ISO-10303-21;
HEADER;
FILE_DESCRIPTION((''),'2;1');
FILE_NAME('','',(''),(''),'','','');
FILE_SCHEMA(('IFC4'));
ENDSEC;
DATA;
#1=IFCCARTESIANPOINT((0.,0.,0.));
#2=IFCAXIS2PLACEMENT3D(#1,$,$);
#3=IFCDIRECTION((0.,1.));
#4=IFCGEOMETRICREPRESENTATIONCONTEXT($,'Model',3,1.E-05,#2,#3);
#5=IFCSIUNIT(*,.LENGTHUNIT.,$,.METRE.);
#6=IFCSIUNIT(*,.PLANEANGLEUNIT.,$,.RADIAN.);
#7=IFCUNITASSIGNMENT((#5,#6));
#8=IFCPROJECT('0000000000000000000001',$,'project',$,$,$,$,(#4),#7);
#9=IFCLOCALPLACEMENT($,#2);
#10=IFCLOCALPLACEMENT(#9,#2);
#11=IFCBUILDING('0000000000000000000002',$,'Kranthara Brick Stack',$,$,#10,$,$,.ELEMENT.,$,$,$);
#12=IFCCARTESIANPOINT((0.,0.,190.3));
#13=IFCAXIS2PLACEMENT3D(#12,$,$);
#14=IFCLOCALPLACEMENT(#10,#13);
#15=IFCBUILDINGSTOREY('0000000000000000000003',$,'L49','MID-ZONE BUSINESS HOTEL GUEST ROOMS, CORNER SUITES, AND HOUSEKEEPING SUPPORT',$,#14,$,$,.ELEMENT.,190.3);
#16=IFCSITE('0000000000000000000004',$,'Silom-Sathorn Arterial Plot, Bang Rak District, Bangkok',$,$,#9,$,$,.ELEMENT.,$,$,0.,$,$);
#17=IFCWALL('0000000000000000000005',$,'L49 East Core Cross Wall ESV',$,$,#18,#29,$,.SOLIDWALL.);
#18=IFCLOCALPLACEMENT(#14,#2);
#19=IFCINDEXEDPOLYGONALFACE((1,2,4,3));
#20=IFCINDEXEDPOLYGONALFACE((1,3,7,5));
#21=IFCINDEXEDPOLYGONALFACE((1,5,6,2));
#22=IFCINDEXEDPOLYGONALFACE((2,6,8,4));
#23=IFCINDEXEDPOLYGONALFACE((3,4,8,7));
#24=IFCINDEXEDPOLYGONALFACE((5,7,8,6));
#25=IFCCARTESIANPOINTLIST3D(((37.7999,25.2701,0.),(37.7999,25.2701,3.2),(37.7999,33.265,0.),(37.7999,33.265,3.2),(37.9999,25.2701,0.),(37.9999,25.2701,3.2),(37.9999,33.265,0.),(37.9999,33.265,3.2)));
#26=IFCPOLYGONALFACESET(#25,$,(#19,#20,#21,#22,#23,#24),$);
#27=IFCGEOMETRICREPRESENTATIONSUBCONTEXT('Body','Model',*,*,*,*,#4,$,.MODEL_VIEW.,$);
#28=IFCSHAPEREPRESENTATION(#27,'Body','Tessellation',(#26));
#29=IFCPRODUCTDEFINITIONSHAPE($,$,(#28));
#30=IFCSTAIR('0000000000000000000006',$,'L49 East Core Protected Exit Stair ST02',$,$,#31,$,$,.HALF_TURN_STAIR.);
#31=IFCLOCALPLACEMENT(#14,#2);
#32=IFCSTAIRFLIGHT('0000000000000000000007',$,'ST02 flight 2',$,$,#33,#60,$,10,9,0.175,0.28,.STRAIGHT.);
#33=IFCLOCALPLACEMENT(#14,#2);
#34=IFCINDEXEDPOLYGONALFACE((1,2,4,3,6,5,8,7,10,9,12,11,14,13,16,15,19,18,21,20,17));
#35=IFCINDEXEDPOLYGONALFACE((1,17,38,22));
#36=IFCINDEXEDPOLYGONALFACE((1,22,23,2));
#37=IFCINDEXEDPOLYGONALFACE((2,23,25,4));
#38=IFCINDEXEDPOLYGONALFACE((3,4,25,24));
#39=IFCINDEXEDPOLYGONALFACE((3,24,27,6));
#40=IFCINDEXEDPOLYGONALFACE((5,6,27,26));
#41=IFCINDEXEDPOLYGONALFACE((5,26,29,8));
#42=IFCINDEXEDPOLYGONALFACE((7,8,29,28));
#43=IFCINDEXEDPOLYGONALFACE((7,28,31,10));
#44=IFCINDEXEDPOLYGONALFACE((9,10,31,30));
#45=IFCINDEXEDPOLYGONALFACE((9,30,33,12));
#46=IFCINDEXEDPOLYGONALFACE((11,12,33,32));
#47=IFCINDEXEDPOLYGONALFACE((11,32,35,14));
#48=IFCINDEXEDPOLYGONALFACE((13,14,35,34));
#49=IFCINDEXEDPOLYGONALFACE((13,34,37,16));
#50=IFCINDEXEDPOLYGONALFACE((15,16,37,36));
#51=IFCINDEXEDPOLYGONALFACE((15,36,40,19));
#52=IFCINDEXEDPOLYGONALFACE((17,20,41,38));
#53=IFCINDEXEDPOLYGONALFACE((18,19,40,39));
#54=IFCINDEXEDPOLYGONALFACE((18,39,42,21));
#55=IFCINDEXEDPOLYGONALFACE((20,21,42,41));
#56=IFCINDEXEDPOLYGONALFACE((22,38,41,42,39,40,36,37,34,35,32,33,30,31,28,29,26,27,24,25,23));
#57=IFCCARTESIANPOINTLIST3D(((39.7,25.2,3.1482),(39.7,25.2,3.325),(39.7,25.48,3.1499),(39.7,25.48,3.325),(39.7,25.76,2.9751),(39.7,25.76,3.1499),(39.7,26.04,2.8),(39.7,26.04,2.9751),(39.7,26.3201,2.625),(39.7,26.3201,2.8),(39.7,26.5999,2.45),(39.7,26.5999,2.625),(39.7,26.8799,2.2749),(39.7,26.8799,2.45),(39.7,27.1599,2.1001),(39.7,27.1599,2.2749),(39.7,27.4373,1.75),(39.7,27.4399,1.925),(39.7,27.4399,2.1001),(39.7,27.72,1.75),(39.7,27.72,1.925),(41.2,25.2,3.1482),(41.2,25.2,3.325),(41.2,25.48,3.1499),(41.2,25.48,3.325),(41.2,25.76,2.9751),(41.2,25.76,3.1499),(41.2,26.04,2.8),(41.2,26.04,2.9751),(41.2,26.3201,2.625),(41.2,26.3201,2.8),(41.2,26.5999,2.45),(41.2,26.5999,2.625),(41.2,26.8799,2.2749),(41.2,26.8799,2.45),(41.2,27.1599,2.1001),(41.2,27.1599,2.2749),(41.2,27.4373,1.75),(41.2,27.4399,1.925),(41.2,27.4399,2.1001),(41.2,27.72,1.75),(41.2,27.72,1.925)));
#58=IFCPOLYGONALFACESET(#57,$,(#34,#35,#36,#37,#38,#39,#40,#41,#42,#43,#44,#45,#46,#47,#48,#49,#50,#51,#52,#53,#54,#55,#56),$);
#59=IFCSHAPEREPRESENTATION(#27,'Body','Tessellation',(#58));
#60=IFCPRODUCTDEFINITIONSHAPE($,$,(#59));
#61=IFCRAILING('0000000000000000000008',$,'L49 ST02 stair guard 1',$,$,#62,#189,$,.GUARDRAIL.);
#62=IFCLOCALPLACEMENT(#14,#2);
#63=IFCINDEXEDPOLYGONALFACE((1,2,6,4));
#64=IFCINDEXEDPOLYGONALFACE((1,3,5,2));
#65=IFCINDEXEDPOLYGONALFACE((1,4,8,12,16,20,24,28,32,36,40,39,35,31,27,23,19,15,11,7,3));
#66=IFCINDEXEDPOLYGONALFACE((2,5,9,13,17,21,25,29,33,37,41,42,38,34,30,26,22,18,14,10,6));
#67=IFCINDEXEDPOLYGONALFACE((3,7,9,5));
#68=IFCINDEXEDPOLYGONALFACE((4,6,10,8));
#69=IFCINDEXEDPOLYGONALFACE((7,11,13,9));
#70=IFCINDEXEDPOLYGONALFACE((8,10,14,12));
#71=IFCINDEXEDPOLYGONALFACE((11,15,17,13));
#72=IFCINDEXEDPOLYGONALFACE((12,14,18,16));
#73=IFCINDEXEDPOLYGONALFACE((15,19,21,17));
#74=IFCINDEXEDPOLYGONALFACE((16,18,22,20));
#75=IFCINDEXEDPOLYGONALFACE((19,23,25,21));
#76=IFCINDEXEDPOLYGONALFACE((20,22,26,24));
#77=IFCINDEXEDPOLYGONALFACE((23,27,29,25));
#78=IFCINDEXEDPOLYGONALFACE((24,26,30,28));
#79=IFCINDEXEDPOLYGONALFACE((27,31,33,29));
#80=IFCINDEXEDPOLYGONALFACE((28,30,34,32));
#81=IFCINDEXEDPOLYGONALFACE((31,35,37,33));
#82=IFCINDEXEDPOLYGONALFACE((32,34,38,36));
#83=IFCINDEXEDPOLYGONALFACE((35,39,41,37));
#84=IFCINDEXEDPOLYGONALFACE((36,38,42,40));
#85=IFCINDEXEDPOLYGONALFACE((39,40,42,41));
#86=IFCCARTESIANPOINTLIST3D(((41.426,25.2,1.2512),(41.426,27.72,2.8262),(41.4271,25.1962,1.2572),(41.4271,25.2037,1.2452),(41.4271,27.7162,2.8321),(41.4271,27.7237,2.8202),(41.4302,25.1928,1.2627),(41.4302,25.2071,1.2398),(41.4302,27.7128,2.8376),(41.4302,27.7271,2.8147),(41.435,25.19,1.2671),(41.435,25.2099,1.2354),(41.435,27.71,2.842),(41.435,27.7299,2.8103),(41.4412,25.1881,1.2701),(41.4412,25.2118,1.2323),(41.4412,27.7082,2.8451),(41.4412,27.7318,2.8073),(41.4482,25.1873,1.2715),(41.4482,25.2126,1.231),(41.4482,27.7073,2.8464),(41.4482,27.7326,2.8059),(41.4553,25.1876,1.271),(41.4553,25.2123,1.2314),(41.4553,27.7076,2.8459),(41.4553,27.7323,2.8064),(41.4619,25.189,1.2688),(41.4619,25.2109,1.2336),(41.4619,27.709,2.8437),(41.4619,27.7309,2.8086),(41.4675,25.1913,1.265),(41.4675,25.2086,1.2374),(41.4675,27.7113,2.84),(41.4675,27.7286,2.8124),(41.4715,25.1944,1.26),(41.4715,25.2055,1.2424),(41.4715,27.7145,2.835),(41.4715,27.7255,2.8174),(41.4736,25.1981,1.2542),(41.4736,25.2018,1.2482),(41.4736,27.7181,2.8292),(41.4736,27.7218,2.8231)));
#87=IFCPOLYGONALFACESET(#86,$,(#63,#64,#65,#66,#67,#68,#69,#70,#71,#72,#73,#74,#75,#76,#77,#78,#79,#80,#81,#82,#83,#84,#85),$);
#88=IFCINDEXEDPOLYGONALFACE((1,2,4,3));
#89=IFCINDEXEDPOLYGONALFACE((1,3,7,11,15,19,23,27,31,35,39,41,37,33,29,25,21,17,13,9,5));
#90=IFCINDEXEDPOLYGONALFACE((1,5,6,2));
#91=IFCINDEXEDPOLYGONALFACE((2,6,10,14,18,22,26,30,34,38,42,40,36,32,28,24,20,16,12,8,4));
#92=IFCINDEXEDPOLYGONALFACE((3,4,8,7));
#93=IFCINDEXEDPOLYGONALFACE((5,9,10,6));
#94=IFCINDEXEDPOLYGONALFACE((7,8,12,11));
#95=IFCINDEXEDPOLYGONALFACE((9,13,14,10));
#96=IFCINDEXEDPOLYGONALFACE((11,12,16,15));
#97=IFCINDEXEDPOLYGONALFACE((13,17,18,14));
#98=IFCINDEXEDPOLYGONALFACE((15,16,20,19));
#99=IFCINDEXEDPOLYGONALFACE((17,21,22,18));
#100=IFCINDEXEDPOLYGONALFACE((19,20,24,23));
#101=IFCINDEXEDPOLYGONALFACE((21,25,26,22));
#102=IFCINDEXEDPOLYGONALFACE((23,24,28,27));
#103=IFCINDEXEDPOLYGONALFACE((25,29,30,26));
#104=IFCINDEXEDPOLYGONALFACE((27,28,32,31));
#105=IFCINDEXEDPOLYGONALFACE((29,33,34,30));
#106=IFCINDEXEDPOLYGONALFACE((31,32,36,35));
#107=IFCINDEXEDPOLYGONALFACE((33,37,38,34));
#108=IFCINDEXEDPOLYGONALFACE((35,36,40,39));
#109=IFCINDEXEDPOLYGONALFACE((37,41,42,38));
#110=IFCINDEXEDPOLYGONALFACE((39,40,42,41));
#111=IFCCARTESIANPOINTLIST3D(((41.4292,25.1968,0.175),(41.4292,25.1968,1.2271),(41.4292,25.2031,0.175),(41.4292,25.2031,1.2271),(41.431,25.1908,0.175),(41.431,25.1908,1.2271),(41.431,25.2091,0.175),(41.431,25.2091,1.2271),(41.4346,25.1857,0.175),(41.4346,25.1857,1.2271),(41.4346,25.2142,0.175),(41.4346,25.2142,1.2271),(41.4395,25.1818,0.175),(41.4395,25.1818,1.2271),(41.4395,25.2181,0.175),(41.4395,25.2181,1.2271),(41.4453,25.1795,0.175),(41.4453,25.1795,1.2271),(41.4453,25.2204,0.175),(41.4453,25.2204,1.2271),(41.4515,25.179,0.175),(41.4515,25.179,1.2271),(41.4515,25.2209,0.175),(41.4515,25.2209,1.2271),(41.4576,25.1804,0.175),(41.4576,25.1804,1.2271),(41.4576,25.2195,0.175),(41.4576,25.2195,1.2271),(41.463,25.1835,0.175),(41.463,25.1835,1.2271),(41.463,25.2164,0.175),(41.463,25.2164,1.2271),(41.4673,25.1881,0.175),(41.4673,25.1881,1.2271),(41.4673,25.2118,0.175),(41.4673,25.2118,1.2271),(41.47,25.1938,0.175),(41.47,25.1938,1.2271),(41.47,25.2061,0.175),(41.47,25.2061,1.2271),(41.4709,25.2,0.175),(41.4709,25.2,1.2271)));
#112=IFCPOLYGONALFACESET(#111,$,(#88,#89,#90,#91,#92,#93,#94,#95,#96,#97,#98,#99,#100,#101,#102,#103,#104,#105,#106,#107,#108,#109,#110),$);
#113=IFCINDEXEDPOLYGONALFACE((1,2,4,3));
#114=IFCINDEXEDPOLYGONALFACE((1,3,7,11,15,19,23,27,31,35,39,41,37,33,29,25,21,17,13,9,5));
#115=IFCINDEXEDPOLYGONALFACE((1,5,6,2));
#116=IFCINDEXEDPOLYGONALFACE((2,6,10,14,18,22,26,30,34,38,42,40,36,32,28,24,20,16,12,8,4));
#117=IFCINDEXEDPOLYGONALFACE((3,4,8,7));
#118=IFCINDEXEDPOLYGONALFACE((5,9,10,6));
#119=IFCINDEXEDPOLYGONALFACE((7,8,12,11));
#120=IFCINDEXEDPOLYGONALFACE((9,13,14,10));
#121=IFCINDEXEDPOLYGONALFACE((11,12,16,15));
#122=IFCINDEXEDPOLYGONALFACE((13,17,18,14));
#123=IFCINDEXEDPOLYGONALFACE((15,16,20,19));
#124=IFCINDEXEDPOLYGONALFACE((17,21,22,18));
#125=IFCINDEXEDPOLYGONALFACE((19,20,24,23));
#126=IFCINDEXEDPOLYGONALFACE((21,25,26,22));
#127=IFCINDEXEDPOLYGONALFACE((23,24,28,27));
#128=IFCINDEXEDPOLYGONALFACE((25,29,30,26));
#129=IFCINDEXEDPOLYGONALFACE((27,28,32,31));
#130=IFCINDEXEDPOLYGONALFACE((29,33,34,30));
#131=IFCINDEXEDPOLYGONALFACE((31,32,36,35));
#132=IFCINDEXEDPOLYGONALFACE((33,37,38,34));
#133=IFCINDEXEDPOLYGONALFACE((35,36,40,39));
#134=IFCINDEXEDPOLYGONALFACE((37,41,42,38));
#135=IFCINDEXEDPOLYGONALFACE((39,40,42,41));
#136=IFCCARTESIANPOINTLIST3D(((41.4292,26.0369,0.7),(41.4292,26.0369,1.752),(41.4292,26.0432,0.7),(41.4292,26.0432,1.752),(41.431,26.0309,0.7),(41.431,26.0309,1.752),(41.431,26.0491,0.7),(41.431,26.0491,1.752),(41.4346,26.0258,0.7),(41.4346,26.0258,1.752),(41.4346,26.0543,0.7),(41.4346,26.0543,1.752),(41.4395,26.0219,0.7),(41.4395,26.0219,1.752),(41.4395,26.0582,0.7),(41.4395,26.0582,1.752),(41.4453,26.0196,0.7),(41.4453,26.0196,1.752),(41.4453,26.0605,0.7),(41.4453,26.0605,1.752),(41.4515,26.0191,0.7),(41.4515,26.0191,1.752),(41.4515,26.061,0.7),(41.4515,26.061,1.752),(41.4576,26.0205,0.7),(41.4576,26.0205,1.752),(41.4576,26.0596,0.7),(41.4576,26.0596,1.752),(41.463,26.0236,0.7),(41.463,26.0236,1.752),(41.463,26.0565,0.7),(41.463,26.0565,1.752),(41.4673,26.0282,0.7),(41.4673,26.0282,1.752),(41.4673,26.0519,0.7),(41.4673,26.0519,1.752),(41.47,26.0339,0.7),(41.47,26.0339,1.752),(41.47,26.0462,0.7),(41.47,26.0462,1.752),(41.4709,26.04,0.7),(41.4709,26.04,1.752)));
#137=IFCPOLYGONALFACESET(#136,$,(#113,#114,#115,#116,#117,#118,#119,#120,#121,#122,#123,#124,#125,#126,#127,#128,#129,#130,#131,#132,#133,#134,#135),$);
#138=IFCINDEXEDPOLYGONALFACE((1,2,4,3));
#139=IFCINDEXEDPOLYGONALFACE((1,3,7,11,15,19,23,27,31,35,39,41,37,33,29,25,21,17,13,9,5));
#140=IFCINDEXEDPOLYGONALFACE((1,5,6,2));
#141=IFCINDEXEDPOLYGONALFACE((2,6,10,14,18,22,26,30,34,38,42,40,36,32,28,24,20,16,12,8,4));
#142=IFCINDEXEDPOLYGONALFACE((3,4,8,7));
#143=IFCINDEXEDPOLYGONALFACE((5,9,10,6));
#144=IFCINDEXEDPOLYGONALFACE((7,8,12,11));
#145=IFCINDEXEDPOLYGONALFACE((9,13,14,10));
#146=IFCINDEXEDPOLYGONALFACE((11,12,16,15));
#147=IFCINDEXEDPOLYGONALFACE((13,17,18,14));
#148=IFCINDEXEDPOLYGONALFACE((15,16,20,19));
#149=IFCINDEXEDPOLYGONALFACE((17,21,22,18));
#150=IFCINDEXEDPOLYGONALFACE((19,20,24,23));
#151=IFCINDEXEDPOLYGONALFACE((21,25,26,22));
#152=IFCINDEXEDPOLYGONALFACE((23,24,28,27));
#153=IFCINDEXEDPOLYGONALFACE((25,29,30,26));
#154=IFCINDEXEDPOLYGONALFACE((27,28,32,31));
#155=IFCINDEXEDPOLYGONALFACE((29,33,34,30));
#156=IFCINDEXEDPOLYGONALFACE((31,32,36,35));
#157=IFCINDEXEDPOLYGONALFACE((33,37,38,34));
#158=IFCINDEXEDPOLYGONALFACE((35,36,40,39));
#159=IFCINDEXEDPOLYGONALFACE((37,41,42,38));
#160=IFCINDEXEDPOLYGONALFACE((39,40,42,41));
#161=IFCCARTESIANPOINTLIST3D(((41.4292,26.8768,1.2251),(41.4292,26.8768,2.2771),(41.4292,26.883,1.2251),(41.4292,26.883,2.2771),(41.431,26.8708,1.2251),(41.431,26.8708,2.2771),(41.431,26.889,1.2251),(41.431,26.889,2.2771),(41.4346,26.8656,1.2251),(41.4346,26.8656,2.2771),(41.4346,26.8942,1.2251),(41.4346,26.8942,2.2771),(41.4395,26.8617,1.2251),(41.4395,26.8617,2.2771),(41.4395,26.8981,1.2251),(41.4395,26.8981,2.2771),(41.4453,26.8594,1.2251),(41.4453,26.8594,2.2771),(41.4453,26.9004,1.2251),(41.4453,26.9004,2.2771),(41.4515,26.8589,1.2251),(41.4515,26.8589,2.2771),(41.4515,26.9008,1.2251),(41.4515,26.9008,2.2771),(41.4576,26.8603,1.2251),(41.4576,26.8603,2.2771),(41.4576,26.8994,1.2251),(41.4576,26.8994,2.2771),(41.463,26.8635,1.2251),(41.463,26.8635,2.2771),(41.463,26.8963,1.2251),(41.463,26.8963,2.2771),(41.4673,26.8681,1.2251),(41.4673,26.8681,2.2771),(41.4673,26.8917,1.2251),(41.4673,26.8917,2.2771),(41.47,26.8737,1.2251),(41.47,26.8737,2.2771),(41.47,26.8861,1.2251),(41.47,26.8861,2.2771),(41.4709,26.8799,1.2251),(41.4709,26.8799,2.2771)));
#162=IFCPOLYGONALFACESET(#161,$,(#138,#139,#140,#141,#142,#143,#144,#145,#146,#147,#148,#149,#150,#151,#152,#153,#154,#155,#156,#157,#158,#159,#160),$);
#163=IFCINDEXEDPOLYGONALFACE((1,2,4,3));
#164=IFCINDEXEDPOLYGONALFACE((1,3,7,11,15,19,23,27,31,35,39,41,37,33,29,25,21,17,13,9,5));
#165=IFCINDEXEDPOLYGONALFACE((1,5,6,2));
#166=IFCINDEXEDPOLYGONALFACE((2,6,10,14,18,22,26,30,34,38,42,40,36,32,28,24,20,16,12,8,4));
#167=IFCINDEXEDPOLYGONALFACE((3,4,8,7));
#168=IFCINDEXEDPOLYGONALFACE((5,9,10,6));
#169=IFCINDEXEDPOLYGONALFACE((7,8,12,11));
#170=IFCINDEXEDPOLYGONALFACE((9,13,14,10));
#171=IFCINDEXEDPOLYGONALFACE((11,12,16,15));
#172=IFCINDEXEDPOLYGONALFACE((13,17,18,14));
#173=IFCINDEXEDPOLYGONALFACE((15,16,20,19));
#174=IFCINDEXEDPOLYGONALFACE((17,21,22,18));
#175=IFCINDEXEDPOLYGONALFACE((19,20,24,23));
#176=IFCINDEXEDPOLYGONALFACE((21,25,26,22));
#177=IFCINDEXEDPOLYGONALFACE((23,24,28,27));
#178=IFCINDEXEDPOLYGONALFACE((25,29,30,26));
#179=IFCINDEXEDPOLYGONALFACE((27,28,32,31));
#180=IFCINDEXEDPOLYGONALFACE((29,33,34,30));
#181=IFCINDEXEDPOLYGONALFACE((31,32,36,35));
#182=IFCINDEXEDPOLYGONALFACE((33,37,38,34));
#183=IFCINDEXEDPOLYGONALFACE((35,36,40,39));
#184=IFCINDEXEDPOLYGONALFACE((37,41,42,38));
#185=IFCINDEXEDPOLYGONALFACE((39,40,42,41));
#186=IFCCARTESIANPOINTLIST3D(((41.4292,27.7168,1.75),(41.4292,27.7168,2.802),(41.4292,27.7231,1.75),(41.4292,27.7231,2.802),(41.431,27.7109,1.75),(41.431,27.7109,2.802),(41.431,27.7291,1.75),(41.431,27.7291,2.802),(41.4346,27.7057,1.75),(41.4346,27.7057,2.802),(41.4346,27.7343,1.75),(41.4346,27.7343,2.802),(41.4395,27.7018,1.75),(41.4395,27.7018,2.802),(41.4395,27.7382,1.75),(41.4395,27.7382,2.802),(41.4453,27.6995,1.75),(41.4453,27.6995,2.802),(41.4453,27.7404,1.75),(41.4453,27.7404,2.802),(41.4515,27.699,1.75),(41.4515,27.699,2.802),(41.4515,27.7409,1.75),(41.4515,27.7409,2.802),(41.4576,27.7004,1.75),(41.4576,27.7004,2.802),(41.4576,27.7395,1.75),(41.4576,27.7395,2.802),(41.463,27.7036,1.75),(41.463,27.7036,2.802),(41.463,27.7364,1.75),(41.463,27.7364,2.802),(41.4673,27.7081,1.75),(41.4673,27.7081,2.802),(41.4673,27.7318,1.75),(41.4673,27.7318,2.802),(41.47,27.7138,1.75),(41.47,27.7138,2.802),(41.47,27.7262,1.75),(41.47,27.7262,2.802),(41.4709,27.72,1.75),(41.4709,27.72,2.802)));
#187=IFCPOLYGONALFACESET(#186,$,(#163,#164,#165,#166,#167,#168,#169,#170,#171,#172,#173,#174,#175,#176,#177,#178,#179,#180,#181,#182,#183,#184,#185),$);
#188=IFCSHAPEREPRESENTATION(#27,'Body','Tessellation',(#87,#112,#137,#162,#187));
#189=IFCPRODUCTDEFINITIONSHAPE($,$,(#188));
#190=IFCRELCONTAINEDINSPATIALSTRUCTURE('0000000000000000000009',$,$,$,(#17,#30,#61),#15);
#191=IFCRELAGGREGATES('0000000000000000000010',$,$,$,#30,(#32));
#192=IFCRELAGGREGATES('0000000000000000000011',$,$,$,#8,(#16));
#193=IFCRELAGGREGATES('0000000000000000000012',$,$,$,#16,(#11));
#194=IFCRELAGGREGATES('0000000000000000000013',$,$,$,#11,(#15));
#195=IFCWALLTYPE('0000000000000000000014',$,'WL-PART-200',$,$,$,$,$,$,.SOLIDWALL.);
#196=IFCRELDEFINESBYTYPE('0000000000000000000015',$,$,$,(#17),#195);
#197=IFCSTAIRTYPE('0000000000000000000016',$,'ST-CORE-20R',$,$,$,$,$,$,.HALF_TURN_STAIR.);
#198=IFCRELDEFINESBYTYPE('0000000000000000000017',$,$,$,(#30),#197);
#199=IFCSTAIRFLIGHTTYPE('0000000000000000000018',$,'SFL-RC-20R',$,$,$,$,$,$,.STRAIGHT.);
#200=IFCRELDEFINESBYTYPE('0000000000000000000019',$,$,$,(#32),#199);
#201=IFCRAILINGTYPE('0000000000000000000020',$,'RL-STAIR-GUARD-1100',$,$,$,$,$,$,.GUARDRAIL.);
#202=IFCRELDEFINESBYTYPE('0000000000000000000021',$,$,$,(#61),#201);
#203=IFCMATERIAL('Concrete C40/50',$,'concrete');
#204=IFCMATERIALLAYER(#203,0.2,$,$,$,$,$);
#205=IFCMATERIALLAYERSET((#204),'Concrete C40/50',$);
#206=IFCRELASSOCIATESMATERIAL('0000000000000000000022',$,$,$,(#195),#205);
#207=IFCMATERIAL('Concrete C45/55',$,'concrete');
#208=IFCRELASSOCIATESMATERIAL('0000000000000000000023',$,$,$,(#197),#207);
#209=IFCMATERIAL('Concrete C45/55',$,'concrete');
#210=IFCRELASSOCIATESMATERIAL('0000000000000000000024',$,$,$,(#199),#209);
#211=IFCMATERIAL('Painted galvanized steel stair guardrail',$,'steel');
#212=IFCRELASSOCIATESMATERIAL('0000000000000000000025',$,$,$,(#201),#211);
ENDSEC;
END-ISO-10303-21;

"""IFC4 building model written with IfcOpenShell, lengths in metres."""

from ifc_helpers import new_model, si_unit, direction, frame, frame_2d, origin, origin_2d, place, context, subcontext, project, spatial, polyline, rectangle, circle, outline, extrude, material, layer, layer_set, type_object, element, aggregate, save


model = new_model("IFC4")

# Units and contexts
model_context = context("Model", 3, precision=1e-05, world=origin(), true_north=direction((0.0, 1.0)))
body_context = subcontext(model_context, "Body", "Model", "MODEL_VIEW")
ifc_project = project(units=[si_unit("LENGTHUNIT", "METRE"), si_unit("PLANEANGLEUNIT", "RADIAN")], contexts=[model_context])

# Site, building, storey
site_placement = place(None, origin())
site = spatial("IfcSite", under=ifc_project, at=site_placement, Name="Silom-Sathorn Arterial Plot, Bang Rak District, Bangkok", CompositionType="ELEMENT", RefElevation=0.0)
building_placement = place(site_placement, origin())
building = spatial("IfcBuilding", under=site, at=building_placement, Name="Kranthara Brick Stack", CompositionType="ELEMENT")
storey_placement = place(building_placement, frame((0.0, 0.0, 190.3)))
storey = spatial("IfcBuildingStorey", under=building, at=storey_placement, Name="L49", Description="MID-ZONE BUSINESS HOTEL GUEST ROOMS, CORNER SUITES, AND HOUSEKEEPING SUPPORT", CompositionType="ELEMENT", Elevation=190.3)

# Wall
ifc_material_1 = material(Name="Concrete C40/50", Category="concrete")
ifc_layer_1 = layer(ifc_material_1, 0.2)
ifc_layer_set_1 = layer_set([ifc_layer_1], Name="Concrete C40/50")
wall_type_1 = type_object("IfcWallType", Name="WL-PART-200", PredefinedType="SOLIDWALL", material=ifc_layer_set_1)
wall_1_placement = place(storey_placement, frame((37.8999, 25.27, 0.0), z_axis=(0.0, 0.0, 1.0), x_axis=(0.0, 1.0, 0.0)))
element("IfcWall", 1, at=wall_1_placement, inside=storey, type_object=wall_type_1, Name="L49 East Core Cross Wall ESV", PredefinedType="SOLIDWALL", context=body_context, shape_type="SweptSolid", body=[
    extrude(rectangle(XDim=7.9949, YDim=0.2, at=frame_2d((3.9976, 0.0))), origin(), (0.0, 0.0, 1.0), 3.2),
])

# Stair, stair flight
ifc_material_2 = material(Name="Concrete C45/55", Category="concrete")
stair_type = type_object("IfcStairType", Name="ST-CORE-20R", PredefinedType="HALF_TURN_STAIR", material=ifc_material_2)
stair_placement = place(storey_placement, origin())
stair = element("IfcStair", 2, at=stair_placement, inside=storey, type_object=stair_type, Name="L49 East Core Protected Exit Stair ST02", PredefinedType="HALF_TURN_STAIR")
ifc_material_3 = material(Name="Concrete C45/55", Category="concrete")
stair_flight_type = type_object("IfcStairFlightType", Name="SFL-RC-20R", PredefinedType="STRAIGHT", material=ifc_material_3)
stair_flight_placement = place(storey_placement, frame((40.45, 27.72, 1.75), z_axis=(0.0, 0.0, 1.0), x_axis=(0.0, -1.0, 0.0)))
stair_flight = element("IfcStairFlight", 3, at=stair_flight_placement, type_object=stair_flight_type, Name="ST02 flight 2", NumberOfRisers=10, NumberOfTreads=9, PredefinedType="STRAIGHT", RiserHeight=0.175, TreadLength=0.28, context=body_context, shape_type="SweptSolid", body=[
    extrude(outline(polyline([(0.0, 0.0), (0.0, 0.175), (0.28, 0.175), (0.28, 0.3501), (0.5601, 0.3501), (0.5601, 0.5249), (0.8401, 0.5249), (0.8401, 0.7), (1.1201, 0.7), (1.1201, 0.875), (1.3999, 0.875), (1.3999, 1.05), (1.6799, 1.05), (1.6799, 1.2251), (1.96, 1.2251), (1.96, 1.3999), (2.24, 1.3999), (2.24, 1.575), (2.52, 1.575), (2.52, 1.75), (2.52, 1.3982), (0.2827, 0.0), (0.0, 0.0)])), frame((0.0, 0.75, 0.0), z_axis=(0.0, -1.0, 0.0), x_axis=(1.0, 0.0, 0.0)), (0.0, 0.0, 1.0), 1.5),
])
aggregate(stair, [stair_flight])

# Railing
ifc_material_4 = material(Name="Painted galvanized steel stair guardrail", Category="steel")
railing_type_1 = type_object("IfcRailingType", Name="RL-STAIR-GUARD-1100", PredefinedType="GUARDRAIL", material=ifc_material_4)
railing_1_placement = place(storey_placement, frame((41.45, 25.2, 0.175)))
element("IfcRailing", 4, at=railing_1_placement, inside=storey, type_object=railing_type_1, Name="L49 ST02 stair guard 1", PredefinedType="GUARDRAIL", context=body_context, shape_type="SweptSolid", body=[
    extrude(circle(Radius=0.0239, at=origin_2d()), frame((0.0, 0.0, 1.0762), z_axis=(0.0, 0.848008, 0.529984), x_axis=(-1.0, 0.0, 0.0)), (0.0, 0.0, 1.0), 2.9717),
    extrude(circle(Radius=0.021, at=origin_2d()), origin(), (0.0, 0.0, 1.0), 1.052),
    extrude(circle(Radius=0.021, at=origin_2d()), frame((0.0, 0.8401, 0.5249)), (0.0, 0.0, 1.0), 1.052),
    extrude(circle(Radius=0.021, at=origin_2d()), frame((0.0, 1.6799, 1.05)), (0.0, 0.0, 1.0), 1.052),
    extrude(circle(Radius=0.021, at=origin_2d()), frame((0.0, 2.52, 1.575)), (0.0, 0.0, 1.0), 1.052),
])

save(model, "model.ifc")
